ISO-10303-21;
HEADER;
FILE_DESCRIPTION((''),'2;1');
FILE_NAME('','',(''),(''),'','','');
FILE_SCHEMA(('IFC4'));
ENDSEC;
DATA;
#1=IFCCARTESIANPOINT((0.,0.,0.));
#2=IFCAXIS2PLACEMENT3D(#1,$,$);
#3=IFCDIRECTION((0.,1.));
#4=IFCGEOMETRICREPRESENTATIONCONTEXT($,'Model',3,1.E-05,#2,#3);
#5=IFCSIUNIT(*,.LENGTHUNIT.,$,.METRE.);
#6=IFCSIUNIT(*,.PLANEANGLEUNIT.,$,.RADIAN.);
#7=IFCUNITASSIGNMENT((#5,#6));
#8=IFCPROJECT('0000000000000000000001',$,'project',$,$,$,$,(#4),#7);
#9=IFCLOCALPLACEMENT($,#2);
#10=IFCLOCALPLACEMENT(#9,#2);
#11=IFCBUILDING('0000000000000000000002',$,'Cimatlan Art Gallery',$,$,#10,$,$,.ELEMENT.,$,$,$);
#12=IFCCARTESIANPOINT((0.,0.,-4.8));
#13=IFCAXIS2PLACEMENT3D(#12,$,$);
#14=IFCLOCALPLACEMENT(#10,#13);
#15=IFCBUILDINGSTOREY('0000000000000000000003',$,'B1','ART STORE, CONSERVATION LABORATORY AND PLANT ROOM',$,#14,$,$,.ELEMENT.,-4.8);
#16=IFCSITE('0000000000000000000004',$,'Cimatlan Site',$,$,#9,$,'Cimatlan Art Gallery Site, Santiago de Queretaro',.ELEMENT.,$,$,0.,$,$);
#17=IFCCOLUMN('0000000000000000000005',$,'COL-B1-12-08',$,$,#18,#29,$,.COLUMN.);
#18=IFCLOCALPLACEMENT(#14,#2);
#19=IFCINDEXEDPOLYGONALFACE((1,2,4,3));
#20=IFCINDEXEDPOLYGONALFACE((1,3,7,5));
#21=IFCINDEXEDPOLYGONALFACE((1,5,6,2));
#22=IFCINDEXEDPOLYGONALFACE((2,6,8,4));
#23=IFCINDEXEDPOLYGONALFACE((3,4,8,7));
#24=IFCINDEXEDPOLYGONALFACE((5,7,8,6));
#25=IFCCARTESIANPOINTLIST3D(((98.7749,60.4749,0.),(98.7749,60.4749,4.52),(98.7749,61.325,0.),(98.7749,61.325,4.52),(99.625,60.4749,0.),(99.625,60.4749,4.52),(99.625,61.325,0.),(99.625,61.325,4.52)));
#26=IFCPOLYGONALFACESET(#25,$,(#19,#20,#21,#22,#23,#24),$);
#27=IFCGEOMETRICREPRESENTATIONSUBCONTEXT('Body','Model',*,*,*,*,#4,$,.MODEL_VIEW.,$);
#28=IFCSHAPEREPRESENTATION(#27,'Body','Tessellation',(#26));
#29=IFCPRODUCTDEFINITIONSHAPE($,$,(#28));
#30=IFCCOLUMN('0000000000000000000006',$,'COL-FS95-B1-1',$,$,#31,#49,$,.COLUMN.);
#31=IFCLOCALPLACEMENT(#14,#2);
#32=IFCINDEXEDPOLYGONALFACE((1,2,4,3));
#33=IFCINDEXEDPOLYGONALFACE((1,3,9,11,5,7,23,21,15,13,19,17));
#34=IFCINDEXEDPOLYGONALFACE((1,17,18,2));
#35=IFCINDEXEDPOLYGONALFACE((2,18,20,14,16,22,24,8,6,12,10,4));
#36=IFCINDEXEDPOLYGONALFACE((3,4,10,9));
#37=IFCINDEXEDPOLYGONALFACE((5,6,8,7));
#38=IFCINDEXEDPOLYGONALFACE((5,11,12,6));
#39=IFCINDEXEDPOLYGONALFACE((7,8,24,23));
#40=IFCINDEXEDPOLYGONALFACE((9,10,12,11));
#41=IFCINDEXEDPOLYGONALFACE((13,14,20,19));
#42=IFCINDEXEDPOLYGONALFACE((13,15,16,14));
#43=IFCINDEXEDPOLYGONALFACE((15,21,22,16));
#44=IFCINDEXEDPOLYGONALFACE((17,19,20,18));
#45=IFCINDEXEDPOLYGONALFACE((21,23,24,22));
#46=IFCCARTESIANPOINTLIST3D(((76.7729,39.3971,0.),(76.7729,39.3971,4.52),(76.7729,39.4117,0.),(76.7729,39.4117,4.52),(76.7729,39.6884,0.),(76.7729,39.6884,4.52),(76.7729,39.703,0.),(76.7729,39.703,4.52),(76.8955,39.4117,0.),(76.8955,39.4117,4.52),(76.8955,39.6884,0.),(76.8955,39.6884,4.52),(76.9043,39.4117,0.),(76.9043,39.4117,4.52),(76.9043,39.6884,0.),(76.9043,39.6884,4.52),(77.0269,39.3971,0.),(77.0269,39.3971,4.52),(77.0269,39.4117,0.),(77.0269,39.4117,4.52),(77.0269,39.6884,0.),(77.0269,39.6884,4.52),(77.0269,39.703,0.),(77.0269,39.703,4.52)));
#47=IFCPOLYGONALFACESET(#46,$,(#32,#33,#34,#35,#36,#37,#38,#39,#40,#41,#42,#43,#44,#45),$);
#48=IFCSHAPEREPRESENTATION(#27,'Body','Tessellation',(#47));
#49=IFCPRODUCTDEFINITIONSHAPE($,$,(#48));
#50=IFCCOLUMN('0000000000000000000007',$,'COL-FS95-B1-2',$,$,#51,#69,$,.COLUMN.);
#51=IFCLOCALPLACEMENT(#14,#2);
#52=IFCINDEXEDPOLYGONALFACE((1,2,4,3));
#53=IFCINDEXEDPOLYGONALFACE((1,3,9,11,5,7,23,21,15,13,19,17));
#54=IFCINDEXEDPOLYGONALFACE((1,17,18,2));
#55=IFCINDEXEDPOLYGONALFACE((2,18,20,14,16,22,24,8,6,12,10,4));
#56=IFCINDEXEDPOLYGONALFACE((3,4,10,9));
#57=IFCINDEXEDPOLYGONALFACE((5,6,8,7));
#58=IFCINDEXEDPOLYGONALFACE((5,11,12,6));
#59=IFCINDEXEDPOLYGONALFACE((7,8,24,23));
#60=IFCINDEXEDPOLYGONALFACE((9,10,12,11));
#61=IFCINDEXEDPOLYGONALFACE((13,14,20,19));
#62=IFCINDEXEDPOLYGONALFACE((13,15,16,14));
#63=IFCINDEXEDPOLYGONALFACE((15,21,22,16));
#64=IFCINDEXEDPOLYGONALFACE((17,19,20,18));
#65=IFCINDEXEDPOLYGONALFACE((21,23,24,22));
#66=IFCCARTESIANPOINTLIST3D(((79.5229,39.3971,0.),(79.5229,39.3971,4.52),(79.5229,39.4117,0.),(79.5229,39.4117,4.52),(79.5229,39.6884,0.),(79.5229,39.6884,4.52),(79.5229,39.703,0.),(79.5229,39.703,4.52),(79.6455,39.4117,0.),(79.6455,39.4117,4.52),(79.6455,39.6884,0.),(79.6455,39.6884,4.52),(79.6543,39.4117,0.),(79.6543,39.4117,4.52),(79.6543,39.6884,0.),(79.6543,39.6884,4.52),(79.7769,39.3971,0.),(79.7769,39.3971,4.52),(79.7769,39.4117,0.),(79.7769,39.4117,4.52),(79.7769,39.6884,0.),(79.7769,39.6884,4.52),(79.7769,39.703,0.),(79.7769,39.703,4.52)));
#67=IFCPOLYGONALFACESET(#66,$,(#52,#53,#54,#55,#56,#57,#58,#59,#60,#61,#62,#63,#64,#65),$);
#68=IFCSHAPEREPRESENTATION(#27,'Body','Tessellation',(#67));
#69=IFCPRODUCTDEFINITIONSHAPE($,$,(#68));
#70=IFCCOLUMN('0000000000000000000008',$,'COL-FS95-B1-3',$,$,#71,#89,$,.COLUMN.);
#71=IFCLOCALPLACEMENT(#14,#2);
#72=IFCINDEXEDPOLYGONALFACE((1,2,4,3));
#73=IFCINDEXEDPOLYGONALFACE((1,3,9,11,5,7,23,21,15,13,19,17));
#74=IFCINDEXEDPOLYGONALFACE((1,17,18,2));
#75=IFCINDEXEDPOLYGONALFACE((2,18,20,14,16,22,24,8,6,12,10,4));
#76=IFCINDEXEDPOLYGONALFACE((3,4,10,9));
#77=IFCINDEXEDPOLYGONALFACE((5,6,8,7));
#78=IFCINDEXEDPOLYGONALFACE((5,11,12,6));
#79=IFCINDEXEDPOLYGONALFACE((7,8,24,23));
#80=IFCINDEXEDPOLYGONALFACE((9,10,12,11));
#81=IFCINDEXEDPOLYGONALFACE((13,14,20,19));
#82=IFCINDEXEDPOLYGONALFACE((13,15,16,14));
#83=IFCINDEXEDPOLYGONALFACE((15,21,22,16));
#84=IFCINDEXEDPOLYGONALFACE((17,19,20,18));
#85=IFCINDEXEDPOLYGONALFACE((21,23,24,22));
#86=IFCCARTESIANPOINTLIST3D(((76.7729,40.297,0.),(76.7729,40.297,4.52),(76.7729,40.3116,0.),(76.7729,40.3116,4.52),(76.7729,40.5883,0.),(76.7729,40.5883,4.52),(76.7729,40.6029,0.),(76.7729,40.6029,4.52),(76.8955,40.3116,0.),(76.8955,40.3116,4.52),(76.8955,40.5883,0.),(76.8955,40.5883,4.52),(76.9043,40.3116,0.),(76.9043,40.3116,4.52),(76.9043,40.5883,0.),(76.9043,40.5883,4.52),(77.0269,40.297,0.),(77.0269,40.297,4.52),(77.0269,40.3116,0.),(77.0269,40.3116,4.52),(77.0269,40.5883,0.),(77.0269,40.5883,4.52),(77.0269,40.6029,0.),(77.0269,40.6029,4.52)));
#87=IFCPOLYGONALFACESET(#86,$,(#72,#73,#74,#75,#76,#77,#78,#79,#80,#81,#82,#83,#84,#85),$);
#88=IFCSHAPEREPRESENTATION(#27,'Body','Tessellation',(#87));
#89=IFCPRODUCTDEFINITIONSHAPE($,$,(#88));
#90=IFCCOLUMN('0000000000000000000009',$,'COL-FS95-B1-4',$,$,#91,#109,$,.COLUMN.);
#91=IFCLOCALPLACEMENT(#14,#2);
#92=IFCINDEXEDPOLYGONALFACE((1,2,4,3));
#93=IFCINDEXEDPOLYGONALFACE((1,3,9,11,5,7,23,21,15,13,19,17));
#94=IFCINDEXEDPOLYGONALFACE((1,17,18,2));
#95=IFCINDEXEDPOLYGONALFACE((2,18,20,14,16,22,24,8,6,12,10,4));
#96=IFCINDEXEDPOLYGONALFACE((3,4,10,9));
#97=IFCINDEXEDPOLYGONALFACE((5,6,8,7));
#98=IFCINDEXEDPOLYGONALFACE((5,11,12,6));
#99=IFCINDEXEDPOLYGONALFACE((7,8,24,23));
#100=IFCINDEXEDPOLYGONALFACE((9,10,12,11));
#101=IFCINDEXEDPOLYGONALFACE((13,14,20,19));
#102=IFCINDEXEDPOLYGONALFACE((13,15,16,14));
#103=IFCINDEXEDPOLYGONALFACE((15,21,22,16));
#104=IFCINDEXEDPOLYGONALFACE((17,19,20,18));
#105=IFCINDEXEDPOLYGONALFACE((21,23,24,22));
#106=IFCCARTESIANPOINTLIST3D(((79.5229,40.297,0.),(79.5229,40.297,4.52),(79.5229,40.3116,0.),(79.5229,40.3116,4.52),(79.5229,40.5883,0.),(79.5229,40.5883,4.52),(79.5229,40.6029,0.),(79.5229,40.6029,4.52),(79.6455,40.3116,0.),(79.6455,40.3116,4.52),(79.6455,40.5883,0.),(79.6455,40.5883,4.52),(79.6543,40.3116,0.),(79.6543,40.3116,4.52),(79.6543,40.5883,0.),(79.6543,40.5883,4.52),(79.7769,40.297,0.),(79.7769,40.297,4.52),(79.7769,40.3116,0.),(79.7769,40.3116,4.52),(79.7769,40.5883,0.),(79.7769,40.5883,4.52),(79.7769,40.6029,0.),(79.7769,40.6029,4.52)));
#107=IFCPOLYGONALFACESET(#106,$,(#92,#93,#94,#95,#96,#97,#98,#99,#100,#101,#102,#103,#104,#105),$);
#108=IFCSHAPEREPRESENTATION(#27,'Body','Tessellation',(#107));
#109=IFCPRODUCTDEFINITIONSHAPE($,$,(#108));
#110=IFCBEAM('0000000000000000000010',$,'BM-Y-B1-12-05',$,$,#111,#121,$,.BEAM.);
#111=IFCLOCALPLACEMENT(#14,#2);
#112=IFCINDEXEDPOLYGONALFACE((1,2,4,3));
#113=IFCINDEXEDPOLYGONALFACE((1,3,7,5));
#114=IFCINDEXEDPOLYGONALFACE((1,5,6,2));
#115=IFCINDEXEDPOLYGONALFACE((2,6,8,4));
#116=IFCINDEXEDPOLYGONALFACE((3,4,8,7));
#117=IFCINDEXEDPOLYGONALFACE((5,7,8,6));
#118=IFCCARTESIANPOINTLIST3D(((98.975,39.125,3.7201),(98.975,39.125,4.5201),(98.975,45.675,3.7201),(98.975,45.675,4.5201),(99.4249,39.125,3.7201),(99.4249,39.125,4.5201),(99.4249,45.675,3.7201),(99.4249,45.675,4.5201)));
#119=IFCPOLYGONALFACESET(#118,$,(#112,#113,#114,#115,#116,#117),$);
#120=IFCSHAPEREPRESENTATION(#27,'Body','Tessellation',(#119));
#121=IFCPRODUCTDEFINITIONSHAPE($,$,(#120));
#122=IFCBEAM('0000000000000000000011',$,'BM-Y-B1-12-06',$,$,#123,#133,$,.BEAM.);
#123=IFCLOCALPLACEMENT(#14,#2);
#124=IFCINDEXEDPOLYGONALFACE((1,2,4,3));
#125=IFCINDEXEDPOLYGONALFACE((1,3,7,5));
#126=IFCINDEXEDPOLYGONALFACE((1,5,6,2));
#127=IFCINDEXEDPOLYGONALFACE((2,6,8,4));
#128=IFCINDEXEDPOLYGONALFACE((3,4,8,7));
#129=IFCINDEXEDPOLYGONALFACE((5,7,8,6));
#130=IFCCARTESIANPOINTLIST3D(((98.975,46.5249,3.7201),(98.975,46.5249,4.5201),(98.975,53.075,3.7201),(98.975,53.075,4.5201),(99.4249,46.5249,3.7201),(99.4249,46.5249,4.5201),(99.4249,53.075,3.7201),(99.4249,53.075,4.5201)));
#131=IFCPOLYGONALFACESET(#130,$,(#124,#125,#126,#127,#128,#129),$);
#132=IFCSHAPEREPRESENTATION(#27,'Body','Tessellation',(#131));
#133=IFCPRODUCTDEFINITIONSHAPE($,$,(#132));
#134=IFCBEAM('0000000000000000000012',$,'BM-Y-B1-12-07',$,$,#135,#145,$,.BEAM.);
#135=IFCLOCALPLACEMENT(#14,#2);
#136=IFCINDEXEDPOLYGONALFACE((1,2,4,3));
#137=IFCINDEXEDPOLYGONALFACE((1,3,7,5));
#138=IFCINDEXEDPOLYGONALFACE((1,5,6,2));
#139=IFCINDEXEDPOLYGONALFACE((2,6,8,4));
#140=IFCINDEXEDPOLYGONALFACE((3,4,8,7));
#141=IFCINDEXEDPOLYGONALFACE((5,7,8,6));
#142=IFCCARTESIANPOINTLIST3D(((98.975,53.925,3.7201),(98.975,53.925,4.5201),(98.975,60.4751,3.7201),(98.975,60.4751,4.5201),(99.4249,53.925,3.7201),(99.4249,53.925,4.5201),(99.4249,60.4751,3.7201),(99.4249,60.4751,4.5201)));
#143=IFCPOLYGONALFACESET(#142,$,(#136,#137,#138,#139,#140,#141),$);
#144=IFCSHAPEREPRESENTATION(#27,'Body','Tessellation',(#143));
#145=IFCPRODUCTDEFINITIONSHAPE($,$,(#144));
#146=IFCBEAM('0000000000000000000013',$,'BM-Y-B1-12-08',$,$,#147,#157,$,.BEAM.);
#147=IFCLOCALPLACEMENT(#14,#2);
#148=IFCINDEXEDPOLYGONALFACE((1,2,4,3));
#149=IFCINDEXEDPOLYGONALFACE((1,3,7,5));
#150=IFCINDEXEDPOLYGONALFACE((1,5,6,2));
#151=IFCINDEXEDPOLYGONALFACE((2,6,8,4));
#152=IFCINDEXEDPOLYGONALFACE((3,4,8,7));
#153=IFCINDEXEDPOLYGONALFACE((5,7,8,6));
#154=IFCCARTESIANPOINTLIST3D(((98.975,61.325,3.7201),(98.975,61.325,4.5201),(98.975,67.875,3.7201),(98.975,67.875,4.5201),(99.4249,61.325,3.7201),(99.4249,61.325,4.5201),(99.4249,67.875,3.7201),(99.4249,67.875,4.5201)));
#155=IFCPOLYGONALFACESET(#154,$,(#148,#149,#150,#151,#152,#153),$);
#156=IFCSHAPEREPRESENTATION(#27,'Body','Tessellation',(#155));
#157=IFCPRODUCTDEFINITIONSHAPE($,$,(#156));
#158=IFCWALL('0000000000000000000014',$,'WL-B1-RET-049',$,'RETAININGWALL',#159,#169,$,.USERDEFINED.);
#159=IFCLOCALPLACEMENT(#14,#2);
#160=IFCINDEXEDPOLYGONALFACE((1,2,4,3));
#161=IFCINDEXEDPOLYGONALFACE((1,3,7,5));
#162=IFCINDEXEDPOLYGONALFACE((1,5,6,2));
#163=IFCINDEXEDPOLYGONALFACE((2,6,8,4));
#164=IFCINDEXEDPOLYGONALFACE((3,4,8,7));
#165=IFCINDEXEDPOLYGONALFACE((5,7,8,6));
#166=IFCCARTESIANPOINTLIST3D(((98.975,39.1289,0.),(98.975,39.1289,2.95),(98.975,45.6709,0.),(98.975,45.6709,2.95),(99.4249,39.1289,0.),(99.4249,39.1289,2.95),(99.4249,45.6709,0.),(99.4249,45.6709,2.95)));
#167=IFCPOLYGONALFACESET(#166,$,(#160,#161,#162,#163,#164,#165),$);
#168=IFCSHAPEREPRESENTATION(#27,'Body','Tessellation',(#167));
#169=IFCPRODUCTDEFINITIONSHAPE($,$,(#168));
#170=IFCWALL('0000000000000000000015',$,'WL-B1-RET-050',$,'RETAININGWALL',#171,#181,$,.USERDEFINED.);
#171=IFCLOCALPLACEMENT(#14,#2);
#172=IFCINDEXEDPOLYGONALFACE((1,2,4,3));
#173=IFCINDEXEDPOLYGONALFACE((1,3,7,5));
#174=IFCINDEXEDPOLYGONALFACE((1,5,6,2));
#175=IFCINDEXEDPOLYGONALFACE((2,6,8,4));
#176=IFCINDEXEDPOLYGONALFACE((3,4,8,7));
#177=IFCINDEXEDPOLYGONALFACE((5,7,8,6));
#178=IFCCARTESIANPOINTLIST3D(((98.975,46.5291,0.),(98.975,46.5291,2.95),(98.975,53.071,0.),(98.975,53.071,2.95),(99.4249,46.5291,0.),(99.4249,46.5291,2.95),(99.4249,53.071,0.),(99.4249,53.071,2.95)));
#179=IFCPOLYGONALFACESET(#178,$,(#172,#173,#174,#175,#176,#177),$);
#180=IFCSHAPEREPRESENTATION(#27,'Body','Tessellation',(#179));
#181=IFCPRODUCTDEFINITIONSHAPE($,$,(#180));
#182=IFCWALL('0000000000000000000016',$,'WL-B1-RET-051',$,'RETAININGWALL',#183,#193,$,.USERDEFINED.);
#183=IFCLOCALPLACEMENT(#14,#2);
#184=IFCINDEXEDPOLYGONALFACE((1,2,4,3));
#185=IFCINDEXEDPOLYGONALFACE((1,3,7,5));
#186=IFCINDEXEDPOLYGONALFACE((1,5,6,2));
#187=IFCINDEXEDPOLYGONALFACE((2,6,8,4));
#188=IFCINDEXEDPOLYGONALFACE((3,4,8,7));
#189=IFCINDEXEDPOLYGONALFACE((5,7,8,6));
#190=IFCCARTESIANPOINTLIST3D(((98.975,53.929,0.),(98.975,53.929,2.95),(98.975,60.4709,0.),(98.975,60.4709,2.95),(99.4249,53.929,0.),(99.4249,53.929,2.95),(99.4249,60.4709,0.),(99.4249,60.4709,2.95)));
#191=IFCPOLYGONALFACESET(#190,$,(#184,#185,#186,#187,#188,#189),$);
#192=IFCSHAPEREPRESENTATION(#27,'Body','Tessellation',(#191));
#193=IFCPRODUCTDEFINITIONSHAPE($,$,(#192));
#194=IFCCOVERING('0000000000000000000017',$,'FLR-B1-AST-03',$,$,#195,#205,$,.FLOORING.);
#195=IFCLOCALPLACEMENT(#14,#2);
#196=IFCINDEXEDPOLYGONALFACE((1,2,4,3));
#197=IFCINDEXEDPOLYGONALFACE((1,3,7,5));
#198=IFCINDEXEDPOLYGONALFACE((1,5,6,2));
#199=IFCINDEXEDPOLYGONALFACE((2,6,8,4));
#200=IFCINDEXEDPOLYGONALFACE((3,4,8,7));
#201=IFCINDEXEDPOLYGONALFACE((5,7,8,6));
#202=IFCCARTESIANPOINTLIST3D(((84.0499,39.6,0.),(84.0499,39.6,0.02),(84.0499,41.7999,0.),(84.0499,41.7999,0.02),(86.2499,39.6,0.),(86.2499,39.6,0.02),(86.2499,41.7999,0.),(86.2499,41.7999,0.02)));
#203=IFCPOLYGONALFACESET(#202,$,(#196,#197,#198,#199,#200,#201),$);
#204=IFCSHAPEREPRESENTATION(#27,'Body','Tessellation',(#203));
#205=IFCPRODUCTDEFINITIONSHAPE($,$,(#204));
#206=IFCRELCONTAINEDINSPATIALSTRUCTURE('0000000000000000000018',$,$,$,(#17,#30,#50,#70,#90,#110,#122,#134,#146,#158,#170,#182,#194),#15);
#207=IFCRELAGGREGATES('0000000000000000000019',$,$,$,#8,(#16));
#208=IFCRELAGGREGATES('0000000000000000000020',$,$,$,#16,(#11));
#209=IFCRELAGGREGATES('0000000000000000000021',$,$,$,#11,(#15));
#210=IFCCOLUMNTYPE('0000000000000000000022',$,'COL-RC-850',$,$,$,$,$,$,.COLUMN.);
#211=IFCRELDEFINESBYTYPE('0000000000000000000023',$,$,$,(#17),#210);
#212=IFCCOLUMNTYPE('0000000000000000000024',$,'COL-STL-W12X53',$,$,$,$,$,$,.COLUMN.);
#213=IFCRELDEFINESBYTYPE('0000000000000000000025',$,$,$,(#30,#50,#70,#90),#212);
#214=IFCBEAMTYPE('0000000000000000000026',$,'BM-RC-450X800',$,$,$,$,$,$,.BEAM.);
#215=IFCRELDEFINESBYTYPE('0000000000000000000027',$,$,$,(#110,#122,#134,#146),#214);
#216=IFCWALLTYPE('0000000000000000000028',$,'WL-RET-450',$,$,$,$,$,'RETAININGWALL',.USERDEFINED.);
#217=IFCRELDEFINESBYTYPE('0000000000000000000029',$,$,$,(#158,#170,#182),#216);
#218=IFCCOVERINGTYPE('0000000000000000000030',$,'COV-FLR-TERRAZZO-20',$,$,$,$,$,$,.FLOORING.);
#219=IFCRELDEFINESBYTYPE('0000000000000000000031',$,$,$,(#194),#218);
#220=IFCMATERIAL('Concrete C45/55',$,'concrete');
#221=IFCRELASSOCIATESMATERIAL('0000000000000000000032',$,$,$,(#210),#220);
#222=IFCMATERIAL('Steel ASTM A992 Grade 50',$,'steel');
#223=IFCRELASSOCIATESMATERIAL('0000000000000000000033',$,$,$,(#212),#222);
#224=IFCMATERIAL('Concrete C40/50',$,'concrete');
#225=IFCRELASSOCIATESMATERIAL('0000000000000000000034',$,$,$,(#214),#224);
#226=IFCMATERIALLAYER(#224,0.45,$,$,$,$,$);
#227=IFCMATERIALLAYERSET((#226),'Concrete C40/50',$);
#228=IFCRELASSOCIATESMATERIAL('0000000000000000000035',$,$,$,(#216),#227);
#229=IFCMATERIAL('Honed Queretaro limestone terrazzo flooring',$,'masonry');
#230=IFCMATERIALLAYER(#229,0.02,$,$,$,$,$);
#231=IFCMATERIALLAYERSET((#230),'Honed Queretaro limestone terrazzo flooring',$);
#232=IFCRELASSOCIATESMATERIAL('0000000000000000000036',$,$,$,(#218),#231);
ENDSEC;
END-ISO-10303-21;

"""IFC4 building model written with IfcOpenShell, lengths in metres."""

from ifc_helpers import new_model, si_unit, direction, frame, frame_2d, origin, origin_2d, place, context, subcontext, project, spatial, rectangle, i_section, extrude, material, layer, layer_set, material_profile, profile_set, type_object, element, save


model = new_model("IFC4")

# Units and contexts
model_context = context("Model", 3, precision=1e-05, world=origin(), true_north=direction((0.0, 1.0)))
body_context = subcontext(model_context, "Body", "Model", "MODEL_VIEW")
ifc_project = project(units=[si_unit("LENGTHUNIT", "METRE"), si_unit("PLANEANGLEUNIT", "RADIAN")], contexts=[model_context])

# Site, building, storey
site_placement = place(None, origin())
site = spatial("IfcSite", under=ifc_project, at=site_placement, Name="Cimatlan Site", LongName="Cimatlan Art Gallery Site, Santiago de Queretaro", CompositionType="ELEMENT", RefElevation=0.0)
building_placement = place(site_placement, origin())
building = spatial("IfcBuilding", under=site, at=building_placement, Name="Cimatlan Art Gallery", CompositionType="ELEMENT")
storey_placement = place(building_placement, frame((0.0, 0.0, -4.8)))
storey = spatial("IfcBuildingStorey", under=building, at=storey_placement, Name="B1", Description="ART STORE, CONSERVATION LABORATORY AND PLANT ROOM", CompositionType="ELEMENT", Elevation=-4.8)

# Shared definitions
ifc_material_1 = material(Name="Concrete C40/50", Category="concrete")

# Columns
ifc_material_2 = material(Name="Concrete C45/55", Category="concrete")
ifc_material_profile_1 = material_profile(ifc_material_2, rectangle(XDim=0.8501, YDim=0.8501, at=origin_2d()), Name="RC850X850")
ifc_profile_set_1 = profile_set([ifc_material_profile_1], Name="Concrete C45/55")
column_type_1 = type_object("IfcColumnType", Name="COL-RC-850", PredefinedType="COLUMN", material=ifc_profile_set_1)
for number, where, z_axis, x_axis, name in (
    (1, (99.2, 60.8999, 0.0), (0.0, 0.0, 1.0), (1.0, 0.0, 0.0), "COL-B1-12-08"),
):
    element("IfcColumn", number, at=place(storey_placement, frame(where, z_axis=z_axis, x_axis=x_axis)), inside=storey, type_object=column_type_1, Name=name, PredefinedType="COLUMN", context=body_context, shape_type="SweptSolid", body=[
        extrude(rectangle(XDim=0.8501, YDim=0.8501, at=origin_2d()), origin(), (0.0, 0.0, 1.0), 4.52),
    ])
ifc_material_3 = material(Name="Steel ASTM A992 Grade 50", Category="steel")
ifc_material_profile_2 = material_profile(ifc_material_3, i_section(OverallWidth=0.2539, OverallDepth=0.3059, WebThickness=0.0088, FlangeThickness=0.0146, at=origin_2d()), Name="W12X53")
ifc_profile_set_2 = profile_set([ifc_material_profile_2], Name="Steel ASTM A992 Grade 50")
column_type_2 = type_object("IfcColumnType", Name="COL-STL-W12X53", PredefinedType="COLUMN", material=ifc_profile_set_2)
for number, where, z_axis, x_axis, name in (
    (2, (76.8999, 39.55, 0.0), (0.0, 0.0, 1.0), (1.0, 0.0, 0.0), "COL-FS95-B1-1"),
    (3, (79.6499, 39.55, 0.0), (0.0, 0.0, 1.0), (1.0, 0.0, 0.0), "COL-FS95-B1-2"),
    (4, (76.8999, 40.45, 0.0), (0.0, 0.0, 1.0), (1.0, 0.0, 0.0), "COL-FS95-B1-3"),
    (5, (79.6499, 40.45, 0.0), (0.0, 0.0, 1.0), (1.0, 0.0, 0.0), "COL-FS95-B1-4"),
):
    element("IfcColumn", number, at=place(storey_placement, frame(where, z_axis=z_axis, x_axis=x_axis)), inside=storey, type_object=column_type_2, Name=name, PredefinedType="COLUMN", context=body_context, shape_type="SweptSolid", body=[
        extrude(i_section(OverallWidth=0.2539, OverallDepth=0.3059, WebThickness=0.0088, FlangeThickness=0.0146, at=origin_2d()), origin(), (0.0, 0.0, 1.0), 4.52),
    ])

# Beams
ifc_material_profile_3 = material_profile(ifc_material_1, rectangle(XDim=0.45, YDim=0.8, at=origin_2d()), Name="RC450X800")
ifc_profile_set_3 = profile_set([ifc_material_profile_3], Name="Concrete C40/50")
beam_type = type_object("IfcBeamType", Name="BM-RC-450X800", PredefinedType="BEAM", material=ifc_profile_set_3)
for number, where, z_axis, x_axis, name in (
    (6, (99.2, 39.125, 4.1201), (0.0, 1.0, 0.0), (-1.0, 0.0, 0.0), "BM-Y-B1-12-05"),
    (7, (99.2, 46.5249, 4.1201), (0.0, 1.0, 0.0), (-1.0, 0.0, 0.0), "BM-Y-B1-12-06"),
    (8, (99.2, 53.925, 4.1201), (0.0, 1.0, 0.0), (-1.0, 0.0, 0.0), "BM-Y-B1-12-07"),
    (9, (99.2, 61.325, 4.1201), (0.0, 1.0, 0.0), (-1.0, 0.0, 0.0), "BM-Y-B1-12-08"),
):
    element("IfcBeam", number, at=place(storey_placement, frame(where, z_axis=z_axis, x_axis=x_axis)), inside=storey, type_object=beam_type, Name=name, PredefinedType="BEAM", context=body_context, shape_type="SweptSolid", body=[
        extrude(rectangle(XDim=0.45, YDim=0.8, at=origin_2d()), origin(), (0.0, 0.0, 1.0), 6.55),
    ])

# Walls
ifc_layer_1 = layer(ifc_material_1, 0.45)
ifc_layer_set_1 = layer_set([ifc_layer_1], Name="Concrete C40/50")
wall_type_1 = type_object("IfcWallType", Name="WL-RET-450", ElementType="RETAININGWALL", PredefinedType="USERDEFINED", material=ifc_layer_set_1)
for number, where, z_axis, x_axis, name in (
    (10, (99.2, 45.6709, 0.0), (0.0, 0.0, 1.0), (0.0, -1.0, 0.0), "WL-B1-RET-049"),
    (11, (99.2, 53.071, 0.0), (0.0, 0.0, 1.0), (0.0, -1.0, 0.0), "WL-B1-RET-050"),
    (12, (99.2, 60.4709, 0.0), (0.0, 0.0, 1.0), (0.0, -1.0, 0.0), "WL-B1-RET-051"),
):
    element("IfcWall", number, at=place(storey_placement, frame(where, z_axis=z_axis, x_axis=x_axis)), inside=storey, type_object=wall_type_1, Name=name, ObjectType="RETAININGWALL", PredefinedType="USERDEFINED", context=body_context, shape_type="SweptSolid", body=[
        extrude(rectangle(XDim=6.542, YDim=0.45, at=frame_2d((3.271, 0.0))), origin(), (0.0, 0.0, 1.0), 2.95),
    ])

# Covering
ifc_material_4 = material(Name="Honed Queretaro limestone terrazzo flooring", Category="masonry")
ifc_layer_2 = layer(ifc_material_4, 0.02)
ifc_layer_set_2 = layer_set([ifc_layer_2], Name="Honed Queretaro limestone terrazzo flooring")
covering_type = type_object("IfcCoveringType", Name="COV-FLR-TERRAZZO-20", PredefinedType="FLOORING", material=ifc_layer_set_2)
for number, where, z_axis, x_axis, name in (
    (13, (85.1499, 40.7, 0.0), (0.0, 0.0, 1.0), (1.0, 0.0, 0.0), "FLR-B1-AST-03"),
):
    element("IfcCovering", number, at=place(storey_placement, frame(where, z_axis=z_axis, x_axis=x_axis)), inside=storey, type_object=covering_type, Name=name, PredefinedType="FLOORING", context=body_context, shape_type="SweptSolid", body=[
        extrude(rectangle(XDim=2.2, YDim=2.2, at=origin_2d()), origin(), (0.0, 0.0, 1.0), 0.02),
    ])

save(model, "model.ifc")
